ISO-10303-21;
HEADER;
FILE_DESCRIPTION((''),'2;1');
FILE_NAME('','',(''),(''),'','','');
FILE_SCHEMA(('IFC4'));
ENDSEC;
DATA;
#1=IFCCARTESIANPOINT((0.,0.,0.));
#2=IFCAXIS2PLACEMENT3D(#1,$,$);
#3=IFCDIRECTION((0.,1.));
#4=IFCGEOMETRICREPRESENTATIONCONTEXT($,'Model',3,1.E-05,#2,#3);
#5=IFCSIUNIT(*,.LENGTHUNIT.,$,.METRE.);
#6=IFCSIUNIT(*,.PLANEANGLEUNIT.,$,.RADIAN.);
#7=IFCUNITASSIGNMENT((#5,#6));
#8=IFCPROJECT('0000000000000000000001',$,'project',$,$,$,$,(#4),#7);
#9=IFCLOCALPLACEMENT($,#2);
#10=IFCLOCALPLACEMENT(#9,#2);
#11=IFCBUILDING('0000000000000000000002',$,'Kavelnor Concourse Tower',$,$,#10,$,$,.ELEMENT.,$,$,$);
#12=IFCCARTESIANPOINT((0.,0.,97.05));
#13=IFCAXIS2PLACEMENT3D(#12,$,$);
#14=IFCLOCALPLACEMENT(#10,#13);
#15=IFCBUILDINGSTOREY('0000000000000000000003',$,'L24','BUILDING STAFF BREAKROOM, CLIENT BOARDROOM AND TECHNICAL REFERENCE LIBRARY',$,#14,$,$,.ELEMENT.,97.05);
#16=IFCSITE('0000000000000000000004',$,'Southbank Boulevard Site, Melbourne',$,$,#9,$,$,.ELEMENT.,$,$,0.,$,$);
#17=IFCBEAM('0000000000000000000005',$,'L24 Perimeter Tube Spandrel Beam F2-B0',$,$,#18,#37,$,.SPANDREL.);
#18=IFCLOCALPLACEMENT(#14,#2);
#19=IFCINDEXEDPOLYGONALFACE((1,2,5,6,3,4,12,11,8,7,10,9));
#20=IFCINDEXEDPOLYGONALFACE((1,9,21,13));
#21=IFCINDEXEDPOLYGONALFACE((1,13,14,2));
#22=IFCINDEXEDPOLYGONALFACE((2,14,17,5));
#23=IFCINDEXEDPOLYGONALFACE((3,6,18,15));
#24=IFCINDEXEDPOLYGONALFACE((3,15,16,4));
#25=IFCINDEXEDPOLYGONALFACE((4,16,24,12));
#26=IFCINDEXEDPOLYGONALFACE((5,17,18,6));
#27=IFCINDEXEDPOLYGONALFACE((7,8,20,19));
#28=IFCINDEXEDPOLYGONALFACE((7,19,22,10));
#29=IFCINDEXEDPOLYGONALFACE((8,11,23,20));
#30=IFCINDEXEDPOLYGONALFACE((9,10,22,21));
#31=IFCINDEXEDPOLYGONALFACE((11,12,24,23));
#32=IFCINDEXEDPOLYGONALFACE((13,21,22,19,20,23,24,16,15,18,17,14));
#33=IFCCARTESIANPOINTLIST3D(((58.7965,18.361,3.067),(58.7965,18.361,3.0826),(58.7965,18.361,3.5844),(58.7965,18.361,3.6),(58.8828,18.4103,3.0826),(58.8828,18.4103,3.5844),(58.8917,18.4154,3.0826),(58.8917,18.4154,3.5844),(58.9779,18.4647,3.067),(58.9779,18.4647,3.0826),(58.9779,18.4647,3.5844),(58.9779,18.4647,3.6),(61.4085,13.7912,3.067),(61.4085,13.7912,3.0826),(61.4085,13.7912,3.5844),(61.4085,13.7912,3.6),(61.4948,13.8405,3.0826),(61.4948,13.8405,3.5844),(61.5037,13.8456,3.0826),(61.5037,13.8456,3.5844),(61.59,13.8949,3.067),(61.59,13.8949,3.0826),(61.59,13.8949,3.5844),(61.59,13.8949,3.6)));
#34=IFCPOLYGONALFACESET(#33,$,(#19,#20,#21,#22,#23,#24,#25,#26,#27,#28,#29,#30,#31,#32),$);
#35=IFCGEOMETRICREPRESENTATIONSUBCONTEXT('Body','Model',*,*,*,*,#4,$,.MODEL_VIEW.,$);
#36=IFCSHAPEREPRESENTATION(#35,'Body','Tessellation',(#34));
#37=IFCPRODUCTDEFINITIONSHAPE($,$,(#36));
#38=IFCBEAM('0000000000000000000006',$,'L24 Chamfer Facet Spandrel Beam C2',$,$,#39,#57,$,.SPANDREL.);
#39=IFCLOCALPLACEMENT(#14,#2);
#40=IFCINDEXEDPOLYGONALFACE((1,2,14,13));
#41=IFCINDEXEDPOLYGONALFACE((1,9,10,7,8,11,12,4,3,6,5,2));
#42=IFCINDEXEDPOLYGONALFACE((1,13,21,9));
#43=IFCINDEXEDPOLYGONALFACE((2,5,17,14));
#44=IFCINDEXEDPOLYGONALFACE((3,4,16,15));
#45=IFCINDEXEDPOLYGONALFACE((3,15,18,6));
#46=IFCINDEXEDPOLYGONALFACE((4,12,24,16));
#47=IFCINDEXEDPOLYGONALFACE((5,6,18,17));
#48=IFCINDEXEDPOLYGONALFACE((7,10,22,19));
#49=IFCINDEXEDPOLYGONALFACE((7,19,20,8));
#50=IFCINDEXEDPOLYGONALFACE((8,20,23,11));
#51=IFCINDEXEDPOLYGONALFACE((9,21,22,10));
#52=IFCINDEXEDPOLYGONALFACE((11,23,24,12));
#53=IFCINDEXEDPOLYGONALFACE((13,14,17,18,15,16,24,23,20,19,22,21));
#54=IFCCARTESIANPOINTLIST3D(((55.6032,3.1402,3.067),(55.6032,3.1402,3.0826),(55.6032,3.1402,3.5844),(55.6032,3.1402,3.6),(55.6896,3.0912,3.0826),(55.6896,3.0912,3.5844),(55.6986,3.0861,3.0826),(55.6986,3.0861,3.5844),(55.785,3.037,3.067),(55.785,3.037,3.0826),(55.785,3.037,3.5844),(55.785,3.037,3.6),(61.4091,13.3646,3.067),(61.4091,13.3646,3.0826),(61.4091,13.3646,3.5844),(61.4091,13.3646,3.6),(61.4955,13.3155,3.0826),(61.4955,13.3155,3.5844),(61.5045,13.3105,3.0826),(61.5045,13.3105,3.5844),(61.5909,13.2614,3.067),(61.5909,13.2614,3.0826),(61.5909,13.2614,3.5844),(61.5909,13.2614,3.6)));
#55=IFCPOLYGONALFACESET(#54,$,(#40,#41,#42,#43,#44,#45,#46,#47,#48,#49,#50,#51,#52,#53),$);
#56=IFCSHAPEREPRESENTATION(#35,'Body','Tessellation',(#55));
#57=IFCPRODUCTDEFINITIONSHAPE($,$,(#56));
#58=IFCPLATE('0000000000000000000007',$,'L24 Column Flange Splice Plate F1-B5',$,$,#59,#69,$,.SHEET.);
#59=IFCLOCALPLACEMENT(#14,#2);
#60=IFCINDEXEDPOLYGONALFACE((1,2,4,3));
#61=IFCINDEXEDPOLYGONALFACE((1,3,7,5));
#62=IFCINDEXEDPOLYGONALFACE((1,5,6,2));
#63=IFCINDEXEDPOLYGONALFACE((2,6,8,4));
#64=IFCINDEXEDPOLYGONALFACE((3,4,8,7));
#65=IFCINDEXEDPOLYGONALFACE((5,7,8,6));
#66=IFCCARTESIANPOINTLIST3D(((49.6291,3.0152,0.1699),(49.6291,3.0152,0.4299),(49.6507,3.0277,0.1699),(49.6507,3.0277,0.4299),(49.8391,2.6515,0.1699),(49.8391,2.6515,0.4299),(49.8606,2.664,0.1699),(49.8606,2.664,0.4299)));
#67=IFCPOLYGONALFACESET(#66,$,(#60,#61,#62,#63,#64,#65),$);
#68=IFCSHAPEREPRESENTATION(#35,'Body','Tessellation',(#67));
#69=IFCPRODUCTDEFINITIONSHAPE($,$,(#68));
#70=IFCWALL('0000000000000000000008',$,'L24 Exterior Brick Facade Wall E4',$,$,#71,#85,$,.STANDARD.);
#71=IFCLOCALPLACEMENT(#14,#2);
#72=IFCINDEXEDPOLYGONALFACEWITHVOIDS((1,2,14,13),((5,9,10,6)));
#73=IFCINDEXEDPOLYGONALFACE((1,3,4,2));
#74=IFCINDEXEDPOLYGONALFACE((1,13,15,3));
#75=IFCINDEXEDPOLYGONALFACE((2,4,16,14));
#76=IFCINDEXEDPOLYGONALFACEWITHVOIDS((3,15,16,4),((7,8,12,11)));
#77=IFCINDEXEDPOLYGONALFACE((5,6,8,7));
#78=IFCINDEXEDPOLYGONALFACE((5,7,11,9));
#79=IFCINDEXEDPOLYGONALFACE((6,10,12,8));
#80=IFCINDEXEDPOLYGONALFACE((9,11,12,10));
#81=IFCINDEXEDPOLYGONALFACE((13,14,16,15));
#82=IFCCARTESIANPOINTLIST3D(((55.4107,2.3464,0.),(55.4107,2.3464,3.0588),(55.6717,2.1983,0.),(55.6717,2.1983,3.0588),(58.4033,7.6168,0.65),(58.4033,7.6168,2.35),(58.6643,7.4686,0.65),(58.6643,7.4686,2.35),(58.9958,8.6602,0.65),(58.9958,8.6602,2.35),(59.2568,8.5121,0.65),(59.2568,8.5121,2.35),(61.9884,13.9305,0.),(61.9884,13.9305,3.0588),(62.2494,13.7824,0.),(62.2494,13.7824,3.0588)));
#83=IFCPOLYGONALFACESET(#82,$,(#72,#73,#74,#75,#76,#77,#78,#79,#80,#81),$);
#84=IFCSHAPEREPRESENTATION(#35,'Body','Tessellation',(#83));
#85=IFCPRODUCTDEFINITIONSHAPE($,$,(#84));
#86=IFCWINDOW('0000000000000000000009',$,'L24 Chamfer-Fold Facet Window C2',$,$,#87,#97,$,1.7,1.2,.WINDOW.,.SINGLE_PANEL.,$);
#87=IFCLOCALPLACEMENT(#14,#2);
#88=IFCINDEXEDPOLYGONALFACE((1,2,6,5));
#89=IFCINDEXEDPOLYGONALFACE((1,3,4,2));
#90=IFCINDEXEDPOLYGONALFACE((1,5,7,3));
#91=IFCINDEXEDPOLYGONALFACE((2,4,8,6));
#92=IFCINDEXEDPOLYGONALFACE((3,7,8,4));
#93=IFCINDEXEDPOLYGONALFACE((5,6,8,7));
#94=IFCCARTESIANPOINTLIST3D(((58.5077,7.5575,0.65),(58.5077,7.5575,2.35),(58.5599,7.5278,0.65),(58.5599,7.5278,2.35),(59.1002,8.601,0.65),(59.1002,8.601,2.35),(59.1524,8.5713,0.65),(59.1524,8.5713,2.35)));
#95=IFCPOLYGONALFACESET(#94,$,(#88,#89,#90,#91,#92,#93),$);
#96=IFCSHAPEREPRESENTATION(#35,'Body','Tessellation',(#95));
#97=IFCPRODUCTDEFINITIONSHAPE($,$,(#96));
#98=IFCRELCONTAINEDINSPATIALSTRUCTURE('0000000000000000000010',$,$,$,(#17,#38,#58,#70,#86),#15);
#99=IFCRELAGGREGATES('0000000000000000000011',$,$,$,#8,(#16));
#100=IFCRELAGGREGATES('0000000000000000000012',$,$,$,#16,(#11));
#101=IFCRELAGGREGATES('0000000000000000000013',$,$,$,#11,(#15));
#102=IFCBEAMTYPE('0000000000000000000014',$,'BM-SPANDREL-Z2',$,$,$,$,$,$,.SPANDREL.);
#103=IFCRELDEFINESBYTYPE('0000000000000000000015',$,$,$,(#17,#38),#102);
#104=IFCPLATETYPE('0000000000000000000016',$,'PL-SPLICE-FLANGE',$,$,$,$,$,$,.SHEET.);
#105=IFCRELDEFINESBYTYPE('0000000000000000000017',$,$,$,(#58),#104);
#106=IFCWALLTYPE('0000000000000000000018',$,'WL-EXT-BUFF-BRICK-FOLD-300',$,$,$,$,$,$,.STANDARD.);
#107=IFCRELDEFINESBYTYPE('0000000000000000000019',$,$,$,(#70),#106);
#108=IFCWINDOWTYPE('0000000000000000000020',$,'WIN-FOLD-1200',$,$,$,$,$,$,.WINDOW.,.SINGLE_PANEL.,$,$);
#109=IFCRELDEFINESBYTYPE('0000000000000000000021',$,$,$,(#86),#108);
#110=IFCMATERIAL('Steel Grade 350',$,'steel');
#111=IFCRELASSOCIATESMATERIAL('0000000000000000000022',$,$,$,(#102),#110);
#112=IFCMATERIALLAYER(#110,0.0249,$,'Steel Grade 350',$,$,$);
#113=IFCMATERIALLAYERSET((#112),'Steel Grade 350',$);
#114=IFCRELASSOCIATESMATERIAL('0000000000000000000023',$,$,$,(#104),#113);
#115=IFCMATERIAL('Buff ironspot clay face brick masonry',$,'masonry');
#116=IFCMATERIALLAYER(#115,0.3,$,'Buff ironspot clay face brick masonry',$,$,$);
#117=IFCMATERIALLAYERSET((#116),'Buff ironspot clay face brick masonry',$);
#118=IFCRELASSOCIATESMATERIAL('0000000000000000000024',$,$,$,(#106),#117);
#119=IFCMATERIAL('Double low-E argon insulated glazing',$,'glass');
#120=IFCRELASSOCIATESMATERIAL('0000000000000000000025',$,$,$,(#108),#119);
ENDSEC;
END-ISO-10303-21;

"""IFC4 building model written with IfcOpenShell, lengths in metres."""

from ifc_helpers import new_model, si_unit, direction, frame, frame_2d, origin, origin_2d, place, context, subcontext, project, spatial, rectangle, i_section, extrude, material, layer, layer_set, material_profile, profile_set, type_object, element, fill, save


model = new_model("IFC4")

# Units and contexts
model_context = context("Model", 3, precision=1e-05, world=origin(), true_north=direction((0.0, 1.0)))
body_context = subcontext(model_context, "Body", "Model", "MODEL_VIEW")
ifc_project = project(units=[si_unit("LENGTHUNIT", "METRE"), si_unit("PLANEANGLEUNIT", "RADIAN")], contexts=[model_context])

# Site, building, storey
site_placement = place(None, origin())
site = spatial("IfcSite", under=ifc_project, at=site_placement, Name="Southbank Boulevard Site, Melbourne", CompositionType="ELEMENT", RefElevation=0.0)
building_placement = place(site_placement, origin())
building = spatial("IfcBuilding", under=site, at=building_placement, Name="Kavelnor Concourse Tower", CompositionType="ELEMENT")
storey_placement = place(building_placement, frame((0.0, 0.0, 97.05)))
storey = spatial("IfcBuildingStorey", under=building, at=storey_placement, Name="L24", Description="BUILDING STAFF BREAKROOM, CLIENT BOARDROOM AND TECHNICAL REFERENCE LIBRARY", CompositionType="ELEMENT", Elevation=97.05)

# Shared definitions
ifc_material_1 = material(Name="Steel Grade 350", Category="steel")

# Beams
ifc_material_profile_1 = material_profile(ifc_material_1, i_section(OverallWidth=0.209, OverallDepth=0.533, WebThickness=0.0103, FlangeThickness=0.0156, at=origin_2d()), Name="530UB92")
ifc_profile_set_1 = profile_set([ifc_material_profile_1], Name="Steel Grade 350")
beam_type_1 = type_object("IfcBeamType", Name="BM-SPANDREL-Z2", PredefinedType="SPANDREL", material=ifc_profile_set_1)
beam_1_placement = place(storey_placement, frame((61.4993, 13.843, 3.3335), z_axis=(-0.496244, 0.868183, 0.0), x_axis=(-0.868183, -0.496244, 0.0)))
element("IfcBeam", 1, at=beam_1_placement, inside=storey, type_object=beam_type_1, Name="L24 Perimeter Tube Spandrel Beam F2-B0", PredefinedType="SPANDREL", context=body_context, shape_type="SweptSolid", body=[
    extrude(i_section(OverallWidth=0.209, OverallDepth=0.533, WebThickness=0.0103, FlangeThickness=0.0156, at=origin_2d()), origin(), (0.0, 0.0, 1.0), 5.2637),
])
beam_2_placement = place(storey_placement, frame((55.6941, 3.0886, 3.3335), z_axis=(0.493791, 0.86958, 0.0), x_axis=(-0.86958, 0.493791, 0.0)))
element("IfcBeam", 2, at=beam_2_placement, inside=storey, type_object=beam_type_1, Name="L24 Chamfer Facet Spandrel Beam C2", PredefinedType="SPANDREL", context=body_context, shape_type="SweptSolid", body=[
    extrude(i_section(OverallWidth=0.209, OverallDepth=0.533, WebThickness=0.0103, FlangeThickness=0.0156, at=origin_2d()), origin(), (0.0, 0.0, 1.0), 11.7578),
])

# Plate
ifc_layer_1 = layer(ifc_material_1, 0.0249, Name="Steel Grade 350")
ifc_layer_set_1 = layer_set([ifc_layer_1], Name="Steel Grade 350")
plate_type = type_object("IfcPlateType", Name="PL-SPLICE-FLANGE", PredefinedType="SHEET", material=ifc_layer_set_1)
plate_placement = place(storey_placement, frame((49.7449, 2.8396, 0.1699), z_axis=(0.0, 0.0, 1.0), x_axis=(-0.5, 0.866025, 0.0)))
element("IfcPlate", 3, at=plate_placement, inside=storey, type_object=plate_type, Name="L24 Column Flange Splice Plate F1-B5", PredefinedType="SHEET", context=body_context, shape_type="SweptSolid", body=[
    extrude(rectangle(XDim=0.4199, YDim=0.0249, at=origin_2d()), origin(), (0.0, 0.0, 1.0), 0.26),
])

# Wall, opening, window
ifc_material_2 = material(Name="Buff ironspot clay face brick masonry", Category="masonry")
ifc_layer_2 = layer(ifc_material_2, 0.3, Name="Buff ironspot clay face brick masonry")
ifc_layer_set_2 = layer_set([ifc_layer_2], Name="Buff ironspot clay face brick masonry")
wall_type_1 = type_object("IfcWallType", Name="WL-EXT-BUFF-BRICK-FOLD-300", PredefinedType="STANDARD", material=ifc_layer_set_2)
wall_1_placement = place(storey_placement, frame((62.1189, 13.8564, 0.0), z_axis=(0.0, 0.0, 1.0), x_axis=(-0.493773, -0.869591, 0.0)))
wall_1 = element("IfcWall", 4, at=wall_1_placement, inside=storey, type_object=wall_type_1, Name="L24 Exterior Brick Facade Wall E4", PredefinedType="STANDARD", context=body_context, shape_type="SweptSolid", body=[
    extrude(rectangle(XDim=13.3213, YDim=0.3, at=frame_2d((6.6606, 0.0))), origin(), (0.0, 0.0, 1.0), 3.0588),
])
opening_1_placement = place(wall_1_placement, frame((6.0605, 0.0, 0.6499)))
opening_1 = element("IfcOpeningElement", 5, at=opening_1_placement, cuts=wall_1, PredefinedType="OPENING", context=body_context, shape_type="SweptSolid", body=[
    extrude(rectangle(XDim=1.2, YDim=1.7, at=frame_2d((0.6001, 0.8501))), frame((0.0, 0.1602, 0.0), z_axis=(0.0, -1.0, 0.0), x_axis=(1.0, 0.0, 0.0)), (0.0, 0.0, 1.0), 0.3201),
])
ifc_material_3 = material(Name="Double low-E argon insulated glazing", Category="glass")
window_type_1 = type_object("IfcWindowType", Name="WIN-FOLD-1200", PartitioningType="SINGLE_PANEL", PredefinedType="WINDOW", material=ifc_material_3)
window_1_placement = place(opening_1_placement, origin())
window_1 = element("IfcWindow", 6, at=window_1_placement, inside=storey, type_object=window_type_1, Name="L24 Chamfer-Fold Facet Window C2", OverallHeight=1.7, OverallWidth=1.2, PartitioningType="SINGLE_PANEL", PredefinedType="WINDOW", context=body_context, shape_type="SweptSolid", body=[
    extrude(rectangle(XDim=1.2, YDim=1.7, at=frame_2d((0.6001, 0.8501))), frame((0.0, 0.03, 0.0), z_axis=(0.0, -1.0, 0.0), x_axis=(1.0, 0.0, 0.0)), (0.0, 0.0, 1.0), 0.0601),
])
fill(opening_1, window_1)

save(model, "model.ifc")
